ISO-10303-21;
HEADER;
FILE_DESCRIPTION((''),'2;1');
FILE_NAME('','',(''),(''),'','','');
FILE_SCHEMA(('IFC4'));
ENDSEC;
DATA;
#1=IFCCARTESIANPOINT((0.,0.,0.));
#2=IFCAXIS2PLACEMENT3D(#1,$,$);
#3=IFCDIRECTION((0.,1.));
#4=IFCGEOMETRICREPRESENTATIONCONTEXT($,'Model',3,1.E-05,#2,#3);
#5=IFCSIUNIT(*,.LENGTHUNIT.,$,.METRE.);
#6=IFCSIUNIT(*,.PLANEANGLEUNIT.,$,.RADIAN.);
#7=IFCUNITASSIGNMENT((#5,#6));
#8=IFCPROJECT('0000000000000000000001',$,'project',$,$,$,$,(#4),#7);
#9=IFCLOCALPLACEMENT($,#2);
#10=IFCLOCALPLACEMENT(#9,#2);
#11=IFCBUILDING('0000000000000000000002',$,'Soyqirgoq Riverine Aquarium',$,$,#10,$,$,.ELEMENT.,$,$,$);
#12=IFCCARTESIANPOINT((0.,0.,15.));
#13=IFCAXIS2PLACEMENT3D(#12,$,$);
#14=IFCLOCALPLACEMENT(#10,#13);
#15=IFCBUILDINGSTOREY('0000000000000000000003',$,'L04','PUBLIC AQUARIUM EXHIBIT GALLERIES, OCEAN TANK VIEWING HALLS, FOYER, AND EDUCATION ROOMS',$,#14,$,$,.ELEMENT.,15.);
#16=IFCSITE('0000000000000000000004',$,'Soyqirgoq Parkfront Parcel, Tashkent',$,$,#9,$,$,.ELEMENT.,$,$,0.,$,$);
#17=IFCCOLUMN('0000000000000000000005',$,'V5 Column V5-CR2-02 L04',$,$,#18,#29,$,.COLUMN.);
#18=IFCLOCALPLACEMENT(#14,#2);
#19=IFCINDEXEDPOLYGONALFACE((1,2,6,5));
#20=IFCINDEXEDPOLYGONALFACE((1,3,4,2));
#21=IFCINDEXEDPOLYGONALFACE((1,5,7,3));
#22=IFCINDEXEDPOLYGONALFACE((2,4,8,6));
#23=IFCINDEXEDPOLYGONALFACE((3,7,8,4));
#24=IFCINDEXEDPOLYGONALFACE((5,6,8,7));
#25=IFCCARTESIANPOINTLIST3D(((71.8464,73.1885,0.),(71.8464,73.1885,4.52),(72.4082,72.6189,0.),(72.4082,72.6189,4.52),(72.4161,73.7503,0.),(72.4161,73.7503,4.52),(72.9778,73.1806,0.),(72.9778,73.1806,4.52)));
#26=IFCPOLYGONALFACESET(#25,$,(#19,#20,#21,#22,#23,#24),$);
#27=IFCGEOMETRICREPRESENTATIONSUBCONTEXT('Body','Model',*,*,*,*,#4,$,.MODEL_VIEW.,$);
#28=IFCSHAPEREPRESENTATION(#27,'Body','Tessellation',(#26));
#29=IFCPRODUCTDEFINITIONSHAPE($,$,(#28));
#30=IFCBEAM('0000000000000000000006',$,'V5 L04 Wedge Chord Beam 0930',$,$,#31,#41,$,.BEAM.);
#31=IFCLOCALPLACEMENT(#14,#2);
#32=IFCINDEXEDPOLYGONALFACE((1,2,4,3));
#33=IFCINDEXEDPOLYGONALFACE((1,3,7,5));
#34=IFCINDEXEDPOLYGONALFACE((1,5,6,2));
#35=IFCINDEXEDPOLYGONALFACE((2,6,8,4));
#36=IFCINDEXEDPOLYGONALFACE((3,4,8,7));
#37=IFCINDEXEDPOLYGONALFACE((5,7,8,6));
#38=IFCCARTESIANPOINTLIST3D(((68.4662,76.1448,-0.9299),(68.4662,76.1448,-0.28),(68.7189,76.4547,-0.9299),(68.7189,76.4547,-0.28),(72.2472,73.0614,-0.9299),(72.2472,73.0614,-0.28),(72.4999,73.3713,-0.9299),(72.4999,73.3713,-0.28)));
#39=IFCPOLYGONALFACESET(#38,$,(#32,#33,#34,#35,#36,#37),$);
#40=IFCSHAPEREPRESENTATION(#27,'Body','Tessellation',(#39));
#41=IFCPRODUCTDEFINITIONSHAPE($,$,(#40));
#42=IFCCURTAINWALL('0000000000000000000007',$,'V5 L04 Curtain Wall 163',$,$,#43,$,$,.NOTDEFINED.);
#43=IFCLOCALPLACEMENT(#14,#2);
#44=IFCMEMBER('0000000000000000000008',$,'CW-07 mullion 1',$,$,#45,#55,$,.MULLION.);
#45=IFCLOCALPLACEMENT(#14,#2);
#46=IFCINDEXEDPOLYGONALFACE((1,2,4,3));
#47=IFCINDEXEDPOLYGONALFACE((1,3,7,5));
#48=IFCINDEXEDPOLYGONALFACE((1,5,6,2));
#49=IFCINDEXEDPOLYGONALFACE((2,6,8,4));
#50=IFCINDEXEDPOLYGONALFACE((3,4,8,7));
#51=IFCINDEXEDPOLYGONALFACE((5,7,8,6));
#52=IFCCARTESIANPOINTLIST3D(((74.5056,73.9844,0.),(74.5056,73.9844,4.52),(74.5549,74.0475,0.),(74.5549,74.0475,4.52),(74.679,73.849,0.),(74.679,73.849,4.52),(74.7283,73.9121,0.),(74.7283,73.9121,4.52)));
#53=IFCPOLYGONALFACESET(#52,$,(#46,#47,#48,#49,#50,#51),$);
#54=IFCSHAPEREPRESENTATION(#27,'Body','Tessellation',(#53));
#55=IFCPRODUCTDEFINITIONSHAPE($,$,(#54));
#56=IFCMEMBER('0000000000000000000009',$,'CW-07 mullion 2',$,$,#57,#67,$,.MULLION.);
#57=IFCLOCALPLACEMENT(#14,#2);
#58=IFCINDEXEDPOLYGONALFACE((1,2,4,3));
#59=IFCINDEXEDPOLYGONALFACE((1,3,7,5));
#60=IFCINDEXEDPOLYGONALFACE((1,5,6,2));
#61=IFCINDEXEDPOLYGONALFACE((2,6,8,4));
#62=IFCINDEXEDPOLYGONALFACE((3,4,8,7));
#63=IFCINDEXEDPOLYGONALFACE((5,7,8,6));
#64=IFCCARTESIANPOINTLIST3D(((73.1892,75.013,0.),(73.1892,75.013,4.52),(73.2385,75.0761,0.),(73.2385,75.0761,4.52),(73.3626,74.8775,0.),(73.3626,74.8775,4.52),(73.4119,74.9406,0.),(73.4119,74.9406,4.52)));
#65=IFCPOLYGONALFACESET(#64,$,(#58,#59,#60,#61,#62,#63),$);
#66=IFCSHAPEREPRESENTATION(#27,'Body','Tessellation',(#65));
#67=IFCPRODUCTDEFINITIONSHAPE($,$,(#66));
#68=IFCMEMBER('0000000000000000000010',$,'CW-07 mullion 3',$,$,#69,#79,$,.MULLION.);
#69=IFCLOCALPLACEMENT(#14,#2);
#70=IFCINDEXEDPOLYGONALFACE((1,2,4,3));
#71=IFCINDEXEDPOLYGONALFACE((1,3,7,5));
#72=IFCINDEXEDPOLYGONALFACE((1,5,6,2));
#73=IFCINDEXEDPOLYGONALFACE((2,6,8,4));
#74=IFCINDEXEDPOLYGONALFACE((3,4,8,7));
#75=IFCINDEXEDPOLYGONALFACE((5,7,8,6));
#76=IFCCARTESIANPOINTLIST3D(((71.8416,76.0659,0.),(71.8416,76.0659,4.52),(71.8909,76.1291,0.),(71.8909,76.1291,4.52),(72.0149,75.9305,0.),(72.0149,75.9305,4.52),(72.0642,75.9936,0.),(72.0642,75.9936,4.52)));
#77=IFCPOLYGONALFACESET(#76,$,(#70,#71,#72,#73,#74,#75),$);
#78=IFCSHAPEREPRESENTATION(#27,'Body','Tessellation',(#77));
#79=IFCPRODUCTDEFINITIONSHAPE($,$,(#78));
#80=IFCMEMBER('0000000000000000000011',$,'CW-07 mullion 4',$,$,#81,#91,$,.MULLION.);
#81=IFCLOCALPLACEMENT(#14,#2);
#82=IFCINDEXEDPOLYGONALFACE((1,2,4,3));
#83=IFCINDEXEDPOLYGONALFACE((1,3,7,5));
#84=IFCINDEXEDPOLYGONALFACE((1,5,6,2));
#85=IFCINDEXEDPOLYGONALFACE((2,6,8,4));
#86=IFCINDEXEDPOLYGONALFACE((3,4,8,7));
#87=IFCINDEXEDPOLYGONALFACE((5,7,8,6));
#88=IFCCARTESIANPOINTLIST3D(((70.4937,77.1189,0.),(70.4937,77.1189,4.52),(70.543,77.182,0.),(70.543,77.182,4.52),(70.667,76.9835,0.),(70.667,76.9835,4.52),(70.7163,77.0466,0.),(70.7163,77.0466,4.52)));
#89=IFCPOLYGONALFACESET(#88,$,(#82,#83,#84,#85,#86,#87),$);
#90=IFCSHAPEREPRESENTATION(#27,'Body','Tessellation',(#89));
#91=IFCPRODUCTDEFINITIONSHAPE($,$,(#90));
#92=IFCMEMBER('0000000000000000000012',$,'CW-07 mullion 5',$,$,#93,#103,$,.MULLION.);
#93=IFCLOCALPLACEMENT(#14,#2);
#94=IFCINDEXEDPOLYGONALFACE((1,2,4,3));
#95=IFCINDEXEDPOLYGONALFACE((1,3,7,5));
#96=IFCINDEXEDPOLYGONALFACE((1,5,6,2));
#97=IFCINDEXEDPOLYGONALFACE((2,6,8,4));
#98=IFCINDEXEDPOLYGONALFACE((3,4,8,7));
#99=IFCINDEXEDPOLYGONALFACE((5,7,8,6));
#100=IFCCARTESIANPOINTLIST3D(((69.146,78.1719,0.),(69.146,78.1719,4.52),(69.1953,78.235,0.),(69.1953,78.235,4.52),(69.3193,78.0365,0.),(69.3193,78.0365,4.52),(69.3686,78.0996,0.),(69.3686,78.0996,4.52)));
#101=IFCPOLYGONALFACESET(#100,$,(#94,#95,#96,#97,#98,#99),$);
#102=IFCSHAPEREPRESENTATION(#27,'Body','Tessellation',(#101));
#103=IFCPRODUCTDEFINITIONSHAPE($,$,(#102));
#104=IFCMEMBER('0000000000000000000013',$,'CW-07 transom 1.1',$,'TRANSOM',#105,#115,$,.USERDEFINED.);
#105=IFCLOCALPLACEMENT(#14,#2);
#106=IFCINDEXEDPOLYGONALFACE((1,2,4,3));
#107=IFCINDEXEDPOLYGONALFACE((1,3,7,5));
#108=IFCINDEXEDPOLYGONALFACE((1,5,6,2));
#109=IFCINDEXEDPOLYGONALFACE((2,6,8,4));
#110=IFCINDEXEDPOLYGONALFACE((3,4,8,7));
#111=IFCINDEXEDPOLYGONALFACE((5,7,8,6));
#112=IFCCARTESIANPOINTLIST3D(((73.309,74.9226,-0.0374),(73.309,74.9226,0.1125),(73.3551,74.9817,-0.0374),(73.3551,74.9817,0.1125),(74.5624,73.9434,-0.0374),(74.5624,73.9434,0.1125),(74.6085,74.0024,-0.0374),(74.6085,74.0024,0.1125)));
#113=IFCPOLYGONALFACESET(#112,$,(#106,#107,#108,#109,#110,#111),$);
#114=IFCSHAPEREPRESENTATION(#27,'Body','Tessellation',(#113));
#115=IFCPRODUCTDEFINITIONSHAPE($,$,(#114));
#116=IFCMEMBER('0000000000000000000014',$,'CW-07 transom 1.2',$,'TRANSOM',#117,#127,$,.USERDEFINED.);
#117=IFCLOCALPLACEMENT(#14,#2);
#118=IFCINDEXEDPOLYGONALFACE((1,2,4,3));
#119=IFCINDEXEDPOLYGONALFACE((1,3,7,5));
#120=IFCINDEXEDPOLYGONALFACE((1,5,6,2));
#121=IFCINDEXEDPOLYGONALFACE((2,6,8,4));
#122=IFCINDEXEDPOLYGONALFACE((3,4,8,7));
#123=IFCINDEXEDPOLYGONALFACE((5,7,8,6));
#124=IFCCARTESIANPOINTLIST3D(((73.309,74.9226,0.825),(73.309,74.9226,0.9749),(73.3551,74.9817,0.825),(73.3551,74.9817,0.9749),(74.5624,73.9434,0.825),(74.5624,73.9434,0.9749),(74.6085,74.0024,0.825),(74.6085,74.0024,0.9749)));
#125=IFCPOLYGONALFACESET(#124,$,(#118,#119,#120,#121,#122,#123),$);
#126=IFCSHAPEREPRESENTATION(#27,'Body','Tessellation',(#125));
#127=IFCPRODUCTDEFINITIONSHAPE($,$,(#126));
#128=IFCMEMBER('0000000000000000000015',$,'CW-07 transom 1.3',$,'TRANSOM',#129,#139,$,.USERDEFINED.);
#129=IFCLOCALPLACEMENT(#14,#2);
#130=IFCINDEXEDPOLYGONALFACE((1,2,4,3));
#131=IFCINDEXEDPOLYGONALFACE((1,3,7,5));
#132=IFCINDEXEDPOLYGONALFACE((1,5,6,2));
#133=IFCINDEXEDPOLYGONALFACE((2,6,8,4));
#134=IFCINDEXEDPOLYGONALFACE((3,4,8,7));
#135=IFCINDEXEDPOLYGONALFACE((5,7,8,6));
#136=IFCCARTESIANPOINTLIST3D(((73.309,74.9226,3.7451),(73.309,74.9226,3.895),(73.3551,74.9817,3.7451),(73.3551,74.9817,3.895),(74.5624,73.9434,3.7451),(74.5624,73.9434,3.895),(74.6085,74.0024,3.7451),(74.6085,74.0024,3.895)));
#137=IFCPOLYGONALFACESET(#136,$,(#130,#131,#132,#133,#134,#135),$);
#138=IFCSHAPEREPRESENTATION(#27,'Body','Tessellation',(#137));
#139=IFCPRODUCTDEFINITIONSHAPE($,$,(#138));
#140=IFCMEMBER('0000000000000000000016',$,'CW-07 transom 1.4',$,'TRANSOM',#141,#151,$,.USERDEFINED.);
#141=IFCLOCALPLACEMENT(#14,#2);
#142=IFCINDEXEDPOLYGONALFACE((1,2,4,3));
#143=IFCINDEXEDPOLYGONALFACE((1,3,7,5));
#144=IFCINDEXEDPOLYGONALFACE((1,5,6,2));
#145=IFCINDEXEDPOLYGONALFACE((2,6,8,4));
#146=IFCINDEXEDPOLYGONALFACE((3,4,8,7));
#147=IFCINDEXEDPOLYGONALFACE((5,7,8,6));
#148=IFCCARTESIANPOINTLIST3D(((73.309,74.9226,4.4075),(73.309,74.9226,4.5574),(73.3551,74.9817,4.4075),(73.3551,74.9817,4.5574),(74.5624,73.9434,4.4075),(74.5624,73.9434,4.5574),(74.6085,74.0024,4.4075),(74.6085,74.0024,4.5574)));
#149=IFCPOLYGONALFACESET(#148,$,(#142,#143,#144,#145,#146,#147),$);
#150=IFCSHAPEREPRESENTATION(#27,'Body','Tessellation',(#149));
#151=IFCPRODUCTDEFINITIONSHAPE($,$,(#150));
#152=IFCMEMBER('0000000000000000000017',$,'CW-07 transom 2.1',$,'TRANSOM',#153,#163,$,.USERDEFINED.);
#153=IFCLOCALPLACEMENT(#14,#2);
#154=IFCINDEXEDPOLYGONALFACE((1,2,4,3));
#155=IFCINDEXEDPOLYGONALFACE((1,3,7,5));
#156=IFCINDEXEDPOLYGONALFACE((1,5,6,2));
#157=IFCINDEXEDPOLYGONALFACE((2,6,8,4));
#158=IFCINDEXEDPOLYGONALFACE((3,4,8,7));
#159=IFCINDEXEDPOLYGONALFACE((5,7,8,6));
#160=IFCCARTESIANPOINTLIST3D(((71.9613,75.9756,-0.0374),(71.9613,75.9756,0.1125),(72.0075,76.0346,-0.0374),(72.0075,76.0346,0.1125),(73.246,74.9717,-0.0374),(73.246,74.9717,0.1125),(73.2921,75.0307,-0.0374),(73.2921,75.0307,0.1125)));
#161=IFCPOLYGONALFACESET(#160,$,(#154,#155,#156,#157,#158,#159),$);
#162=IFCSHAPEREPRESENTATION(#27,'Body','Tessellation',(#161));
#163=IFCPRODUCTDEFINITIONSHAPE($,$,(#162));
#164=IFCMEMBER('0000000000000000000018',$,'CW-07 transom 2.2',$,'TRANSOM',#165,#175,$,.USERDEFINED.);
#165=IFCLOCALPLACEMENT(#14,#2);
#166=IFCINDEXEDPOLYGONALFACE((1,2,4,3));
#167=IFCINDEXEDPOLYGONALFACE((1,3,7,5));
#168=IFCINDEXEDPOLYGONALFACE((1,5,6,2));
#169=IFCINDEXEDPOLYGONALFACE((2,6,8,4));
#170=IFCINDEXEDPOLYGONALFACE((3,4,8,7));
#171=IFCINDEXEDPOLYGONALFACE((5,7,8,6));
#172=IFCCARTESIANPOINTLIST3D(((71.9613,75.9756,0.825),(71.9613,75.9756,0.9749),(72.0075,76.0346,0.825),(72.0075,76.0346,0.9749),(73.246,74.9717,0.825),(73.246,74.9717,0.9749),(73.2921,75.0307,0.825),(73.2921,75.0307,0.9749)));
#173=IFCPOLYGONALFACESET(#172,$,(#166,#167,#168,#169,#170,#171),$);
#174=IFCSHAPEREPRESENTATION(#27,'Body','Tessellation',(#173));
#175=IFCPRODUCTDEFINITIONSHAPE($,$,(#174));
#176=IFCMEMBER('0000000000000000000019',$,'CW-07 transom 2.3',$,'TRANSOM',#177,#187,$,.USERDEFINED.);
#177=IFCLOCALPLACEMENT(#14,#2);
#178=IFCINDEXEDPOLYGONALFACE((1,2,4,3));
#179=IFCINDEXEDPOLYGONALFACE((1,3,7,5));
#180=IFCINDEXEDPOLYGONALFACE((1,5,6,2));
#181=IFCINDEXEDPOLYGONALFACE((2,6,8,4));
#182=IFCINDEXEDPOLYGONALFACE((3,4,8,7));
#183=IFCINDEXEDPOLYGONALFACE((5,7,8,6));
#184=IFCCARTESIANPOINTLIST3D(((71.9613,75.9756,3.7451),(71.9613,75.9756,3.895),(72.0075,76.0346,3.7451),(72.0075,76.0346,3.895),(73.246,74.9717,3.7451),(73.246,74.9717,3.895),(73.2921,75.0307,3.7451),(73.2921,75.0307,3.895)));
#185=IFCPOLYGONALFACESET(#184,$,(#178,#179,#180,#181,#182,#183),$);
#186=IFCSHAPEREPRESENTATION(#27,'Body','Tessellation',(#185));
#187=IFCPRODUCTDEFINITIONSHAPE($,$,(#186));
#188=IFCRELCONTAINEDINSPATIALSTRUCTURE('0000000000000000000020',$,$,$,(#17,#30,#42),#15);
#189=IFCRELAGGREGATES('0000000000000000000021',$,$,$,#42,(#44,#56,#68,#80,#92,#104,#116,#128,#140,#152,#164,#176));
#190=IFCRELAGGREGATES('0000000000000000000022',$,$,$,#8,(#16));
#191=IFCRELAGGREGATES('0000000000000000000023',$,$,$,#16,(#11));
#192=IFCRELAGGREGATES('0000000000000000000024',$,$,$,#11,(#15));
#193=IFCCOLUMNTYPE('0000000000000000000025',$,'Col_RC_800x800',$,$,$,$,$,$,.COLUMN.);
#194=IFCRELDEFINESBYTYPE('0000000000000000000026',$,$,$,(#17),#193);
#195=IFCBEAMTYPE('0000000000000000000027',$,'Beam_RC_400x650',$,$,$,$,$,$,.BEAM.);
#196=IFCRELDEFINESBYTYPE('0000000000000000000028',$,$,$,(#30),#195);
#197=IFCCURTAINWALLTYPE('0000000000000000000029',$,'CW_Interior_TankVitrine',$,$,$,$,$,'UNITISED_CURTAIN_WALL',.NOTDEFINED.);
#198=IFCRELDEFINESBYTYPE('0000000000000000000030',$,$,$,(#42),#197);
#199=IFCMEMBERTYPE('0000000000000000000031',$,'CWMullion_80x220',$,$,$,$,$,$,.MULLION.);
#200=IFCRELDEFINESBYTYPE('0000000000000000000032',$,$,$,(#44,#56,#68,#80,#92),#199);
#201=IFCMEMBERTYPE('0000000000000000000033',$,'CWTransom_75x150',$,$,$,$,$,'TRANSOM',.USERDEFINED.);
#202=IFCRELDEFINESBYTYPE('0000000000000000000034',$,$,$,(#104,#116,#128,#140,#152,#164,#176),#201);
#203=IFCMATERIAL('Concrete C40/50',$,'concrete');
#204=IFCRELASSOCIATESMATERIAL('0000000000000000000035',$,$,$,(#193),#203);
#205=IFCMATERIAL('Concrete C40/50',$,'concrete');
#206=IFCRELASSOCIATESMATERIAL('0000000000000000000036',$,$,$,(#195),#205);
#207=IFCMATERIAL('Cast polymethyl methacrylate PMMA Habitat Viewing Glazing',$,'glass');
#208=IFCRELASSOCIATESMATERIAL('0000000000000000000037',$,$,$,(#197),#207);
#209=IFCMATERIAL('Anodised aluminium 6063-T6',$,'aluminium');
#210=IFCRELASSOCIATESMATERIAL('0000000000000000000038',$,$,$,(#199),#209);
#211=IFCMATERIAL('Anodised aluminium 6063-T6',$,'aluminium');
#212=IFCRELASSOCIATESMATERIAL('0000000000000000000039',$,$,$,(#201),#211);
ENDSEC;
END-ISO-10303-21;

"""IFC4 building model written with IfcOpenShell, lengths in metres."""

from ifc_helpers import new_model, si_unit, direction, frame, origin, origin_2d, place, context, subcontext, project, spatial, rectangle, extrude, material, material_profile, profile_set, type_object, element, aggregate, save


model = new_model("IFC4")

# Units and contexts
model_context = context("Model", 3, precision=1e-05, world=origin(), true_north=direction((0.0, 1.0)))
body_context = subcontext(model_context, "Body", "Model", "MODEL_VIEW")
ifc_project = project(units=[si_unit("LENGTHUNIT", "METRE"), si_unit("PLANEANGLEUNIT", "RADIAN")], contexts=[model_context])

# Site, building, storey
site_placement = place(None, origin())
site = spatial("IfcSite", under=ifc_project, at=site_placement, Name="Soyqirgoq Parkfront Parcel, Tashkent", CompositionType="ELEMENT", RefElevation=0.0)
building_placement = place(site_placement, origin())
building = spatial("IfcBuilding", under=site, at=building_placement, Name="Soyqirgoq Riverine Aquarium", CompositionType="ELEMENT")
storey_placement = place(building_placement, frame((0.0, 0.0, 15.0)))
storey = spatial("IfcBuildingStorey", under=building, at=storey_placement, Name="L04", Description="PUBLIC AQUARIUM EXHIBIT GALLERIES, OCEAN TANK VIEWING HALLS, FOYER, AND EDUCATION ROOMS", CompositionType="ELEMENT", Elevation=15.0)

# Column
ifc_material_1 = material(Name="Concrete C40/50", Category="concrete")
ifc_material_profile_1 = material_profile(ifc_material_1, rectangle(XDim=0.8, YDim=0.8, at=origin_2d()), Name="RC 800x800")
ifc_profile_set_1 = profile_set([ifc_material_profile_1], Name="Concrete C40/50")
column_type = type_object("IfcColumnType", Name="Col_RC_800x800", PredefinedType="COLUMN", material=ifc_profile_set_1)
column_placement = place(storey_placement, frame((72.4121, 73.1846, 0.0), z_axis=(0.0, 0.0, 1.0), x_axis=(0.712026, 0.702153, 0.0)))
element("IfcColumn", 1, at=column_placement, inside=storey, type_object=column_type, Name="V5 Column V5-CR2-02 L04", PredefinedType="COLUMN", context=body_context, shape_type="SweptSolid", body=[
    extrude(rectangle(XDim=0.8, YDim=0.8, at=origin_2d()), origin(), (0.0, 0.0, 1.0), 4.52),
])

# Beam
ifc_material_2 = material(Name="Concrete C40/50", Category="concrete")
ifc_material_profile_2 = material_profile(ifc_material_2, rectangle(XDim=0.3999, YDim=0.6499, at=origin_2d()), Name="RC 400x650")
ifc_profile_set_2 = profile_set([ifc_material_profile_2], Name="Concrete C40/50")
beam_type_1 = type_object("IfcBeamType", Name="Beam_RC_400x650", PredefinedType="BEAM", material=ifc_profile_set_2)
beam_1_placement = place(storey_placement, frame((72.3735, 73.2163, -0.605), z_axis=(-0.774966, 0.632003, 0.0), x_axis=(-0.632003, -0.774966, 0.0)))
element("IfcBeam", 2, at=beam_1_placement, inside=storey, type_object=beam_type_1, Name="V5 L04 Wedge Chord Beam 0930", PredefinedType="BEAM", context=body_context, shape_type="SweptSolid", body=[
    extrude(rectangle(XDim=0.3999, YDim=0.6499, at=origin_2d()), origin(), (0.0, 0.0, 1.0), 4.8789),
])

# Curtain wall, members
ifc_material_3 = material(Name="Cast polymethyl methacrylate PMMA Habitat Viewing Glazing", Category="glass")
curtain_wall_type = type_object("IfcCurtainWallType", Name="CW_Interior_TankVitrine", ElementType="UNITISED_CURTAIN_WALL", PredefinedType="NOTDEFINED", material=ifc_material_3)
curtain_wall_placement = place(storey_placement, origin())
curtain_wall = element("IfcCurtainWall", 3, at=curtain_wall_placement, inside=storey, type_object=curtain_wall_type, Name="V5 L04 Curtain Wall 163", PredefinedType="NOTDEFINED")
ifc_material_4 = material(Name="Anodised aluminium 6063-T6", Category="aluminium")
ifc_material_profile_3 = material_profile(ifc_material_4, rectangle(XDim=0.0801, YDim=0.22, at=origin_2d()), Name="ALU-M 80x220")
ifc_profile_set_3 = profile_set([ifc_material_profile_3], Name="Anodised aluminium 6063-T6")
member_type_1 = type_object("IfcMemberType", Name="CWMullion_80x220", PredefinedType="MULLION", material=ifc_profile_set_3)
member_1_placement = place(storey_placement, frame((74.6169, 73.9482, 0.0), z_axis=(0.0, 0.0, 1.0), x_axis=(-0.615661, -0.788011, 0.0)))
member_1 = element("IfcMember", 4, at=member_1_placement, type_object=member_type_1, Name="CW-07 mullion 1", PredefinedType="MULLION", context=body_context, shape_type="SweptSolid", body=[
    extrude(rectangle(XDim=0.0801, YDim=0.22, at=origin_2d()), origin(), (0.0, 0.0, 1.0), 4.52),
])
member_2_placement = place(storey_placement, frame((73.3005, 74.9768, 0.0), z_axis=(0.0, 0.0, 1.0), x_axis=(-0.615661, -0.788011, 0.0)))
member_2 = element("IfcMember", 5, at=member_2_placement, type_object=member_type_1, Name="CW-07 mullion 2", PredefinedType="MULLION", context=body_context, shape_type="SweptSolid", body=[
    extrude(rectangle(XDim=0.0801, YDim=0.22, at=origin_2d()), origin(), (0.0, 0.0, 1.0), 4.52),
])
member_3_placement = place(storey_placement, frame((71.9529, 76.0298, 0.0), z_axis=(0.0, 0.0, 1.0), x_axis=(-0.615661, -0.788011, 0.0)))
member_3 = element("IfcMember", 6, at=member_3_placement, type_object=member_type_1, Name="CW-07 mullion 3", PredefinedType="MULLION", context=body_context, shape_type="SweptSolid", body=[
    extrude(rectangle(XDim=0.0801, YDim=0.22, at=origin_2d()), origin(), (0.0, 0.0, 1.0), 4.52),
])
member_4_placement = place(storey_placement, frame((70.605, 77.0828, 0.0), z_axis=(0.0, 0.0, 1.0), x_axis=(-0.615661, -0.788011, 0.0)))
member_4 = element("IfcMember", 7, at=member_4_placement, type_object=member_type_1, Name="CW-07 mullion 4", PredefinedType="MULLION", context=body_context, shape_type="SweptSolid", body=[
    extrude(rectangle(XDim=0.0801, YDim=0.22, at=origin_2d()), origin(), (0.0, 0.0, 1.0), 4.52),
])
member_5_placement = place(storey_placement, frame((69.2573, 78.1357, 0.0), z_axis=(0.0, 0.0, 1.0), x_axis=(-0.615661, -0.788011, 0.0)))
member_5 = element("IfcMember", 8, at=member_5_placement, type_object=member_type_1, Name="CW-07 mullion 5", PredefinedType="MULLION", context=body_context, shape_type="SweptSolid", body=[
    extrude(rectangle(XDim=0.0801, YDim=0.22, at=origin_2d()), origin(), (0.0, 0.0, 1.0), 4.52),
])
ifc_material_5 = material(Name="Anodised aluminium 6063-T6", Category="aluminium")
ifc_material_profile_4 = material_profile(ifc_material_5, rectangle(XDim=0.075, YDim=0.1499, at=origin_2d()), Name="ALU-T 75x150")
ifc_profile_set_4 = profile_set([ifc_material_profile_4], Name="Anodised aluminium 6063-T6")
member_type_2 = type_object("IfcMemberType", Name="CWTransom_75x150", ElementType="TRANSOM", PredefinedType="USERDEFINED", material=ifc_profile_set_4)
member_6_placement = place(storey_placement, frame((74.5854, 73.9729, 0.0376), z_axis=(-0.78802, 0.61565, 0.0), x_axis=(-0.61565, -0.78802, 0.0)))
member_6 = element("IfcMember", 9, at=member_6_placement, type_object=member_type_2, Name="CW-07 transom 1.1", ObjectType="TRANSOM", PredefinedType="USERDEFINED", context=body_context, shape_type="SweptSolid", body=[
    extrude(rectangle(XDim=0.075, YDim=0.1499, at=origin_2d()), origin(), (0.0, 0.0, 1.0), 1.5906),
])
member_7_placement = place(storey_placement, frame((74.5854, 73.9729, 0.8999), z_axis=(-0.78802, 0.61565, 0.0), x_axis=(-0.61565, -0.78802, 0.0)))
member_7 = element("IfcMember", 10, at=member_7_placement, type_object=member_type_2, Name="CW-07 transom 1.2", ObjectType="TRANSOM", PredefinedType="USERDEFINED", context=body_context, shape_type="SweptSolid", body=[
    extrude(rectangle(XDim=0.075, YDim=0.1499, at=origin_2d()), origin(), (0.0, 0.0, 1.0), 1.5906),
])
member_8_placement = place(storey_placement, frame((74.5854, 73.9729, 3.8201), z_axis=(-0.78802, 0.61565, 0.0), x_axis=(-0.61565, -0.78802, 0.0)))
member_8 = element("IfcMember", 11, at=member_8_placement, type_object=member_type_2, Name="CW-07 transom 1.3", ObjectType="TRANSOM", PredefinedType="USERDEFINED", context=body_context, shape_type="SweptSolid", body=[
    extrude(rectangle(XDim=0.075, YDim=0.1499, at=origin_2d()), origin(), (0.0, 0.0, 1.0), 1.5906),
])
member_9_placement = place(storey_placement, frame((74.5854, 73.9729, 4.4824), z_axis=(-0.78802, 0.61565, 0.0), x_axis=(-0.61565, -0.78802, 0.0)))
member_9 = element("IfcMember", 12, at=member_9_placement, type_object=member_type_2, Name="CW-07 transom 1.4", ObjectType="TRANSOM", PredefinedType="USERDEFINED", context=body_context, shape_type="SweptSolid", body=[
    extrude(rectangle(XDim=0.075, YDim=0.1499, at=origin_2d()), origin(), (0.0, 0.0, 1.0), 1.5906),
])
member_10_placement = place(storey_placement, frame((73.269, 75.0012, 0.0376), z_axis=(-0.787947, 0.615743, 0.0), x_axis=(-0.615743, -0.787947, 0.0)))
member_10 = element("IfcMember", 13, at=member_10_placement, type_object=member_type_2, Name="CW-07 transom 2.1", ObjectType="TRANSOM", PredefinedType="USERDEFINED", context=body_context, shape_type="SweptSolid", body=[
    extrude(rectangle(XDim=0.075, YDim=0.1499, at=origin_2d()), origin(), (0.0, 0.0, 1.0), 1.6304),
])
member_11_placement = place(storey_placement, frame((73.269, 75.0012, 0.8999), z_axis=(-0.787947, 0.615743, 0.0), x_axis=(-0.615743, -0.787947, 0.0)))
member_11 = element("IfcMember", 14, at=member_11_placement, type_object=member_type_2, Name="CW-07 transom 2.2", ObjectType="TRANSOM", PredefinedType="USERDEFINED", context=body_context, shape_type="SweptSolid", body=[
    extrude(rectangle(XDim=0.075, YDim=0.1499, at=origin_2d()), origin(), (0.0, 0.0, 1.0), 1.6304),
])
member_12_placement = place(storey_placement, frame((73.269, 75.0012, 3.8201), z_axis=(-0.787947, 0.615743, 0.0), x_axis=(-0.615743, -0.787947, 0.0)))
member_12 = element("IfcMember", 15, at=member_12_placement, type_object=member_type_2, Name="CW-07 transom 2.3", ObjectType="TRANSOM", PredefinedType="USERDEFINED", context=body_context, shape_type="SweptSolid", body=[
    extrude(rectangle(XDim=0.075, YDim=0.1499, at=origin_2d()), origin(), (0.0, 0.0, 1.0), 1.6304),
])

aggregate(curtain_wall, [member_1, member_2, member_3, member_4, member_5, member_6, member_7, member_8, member_9, member_10, member_11, member_12])

save(model, "model.ifc")
